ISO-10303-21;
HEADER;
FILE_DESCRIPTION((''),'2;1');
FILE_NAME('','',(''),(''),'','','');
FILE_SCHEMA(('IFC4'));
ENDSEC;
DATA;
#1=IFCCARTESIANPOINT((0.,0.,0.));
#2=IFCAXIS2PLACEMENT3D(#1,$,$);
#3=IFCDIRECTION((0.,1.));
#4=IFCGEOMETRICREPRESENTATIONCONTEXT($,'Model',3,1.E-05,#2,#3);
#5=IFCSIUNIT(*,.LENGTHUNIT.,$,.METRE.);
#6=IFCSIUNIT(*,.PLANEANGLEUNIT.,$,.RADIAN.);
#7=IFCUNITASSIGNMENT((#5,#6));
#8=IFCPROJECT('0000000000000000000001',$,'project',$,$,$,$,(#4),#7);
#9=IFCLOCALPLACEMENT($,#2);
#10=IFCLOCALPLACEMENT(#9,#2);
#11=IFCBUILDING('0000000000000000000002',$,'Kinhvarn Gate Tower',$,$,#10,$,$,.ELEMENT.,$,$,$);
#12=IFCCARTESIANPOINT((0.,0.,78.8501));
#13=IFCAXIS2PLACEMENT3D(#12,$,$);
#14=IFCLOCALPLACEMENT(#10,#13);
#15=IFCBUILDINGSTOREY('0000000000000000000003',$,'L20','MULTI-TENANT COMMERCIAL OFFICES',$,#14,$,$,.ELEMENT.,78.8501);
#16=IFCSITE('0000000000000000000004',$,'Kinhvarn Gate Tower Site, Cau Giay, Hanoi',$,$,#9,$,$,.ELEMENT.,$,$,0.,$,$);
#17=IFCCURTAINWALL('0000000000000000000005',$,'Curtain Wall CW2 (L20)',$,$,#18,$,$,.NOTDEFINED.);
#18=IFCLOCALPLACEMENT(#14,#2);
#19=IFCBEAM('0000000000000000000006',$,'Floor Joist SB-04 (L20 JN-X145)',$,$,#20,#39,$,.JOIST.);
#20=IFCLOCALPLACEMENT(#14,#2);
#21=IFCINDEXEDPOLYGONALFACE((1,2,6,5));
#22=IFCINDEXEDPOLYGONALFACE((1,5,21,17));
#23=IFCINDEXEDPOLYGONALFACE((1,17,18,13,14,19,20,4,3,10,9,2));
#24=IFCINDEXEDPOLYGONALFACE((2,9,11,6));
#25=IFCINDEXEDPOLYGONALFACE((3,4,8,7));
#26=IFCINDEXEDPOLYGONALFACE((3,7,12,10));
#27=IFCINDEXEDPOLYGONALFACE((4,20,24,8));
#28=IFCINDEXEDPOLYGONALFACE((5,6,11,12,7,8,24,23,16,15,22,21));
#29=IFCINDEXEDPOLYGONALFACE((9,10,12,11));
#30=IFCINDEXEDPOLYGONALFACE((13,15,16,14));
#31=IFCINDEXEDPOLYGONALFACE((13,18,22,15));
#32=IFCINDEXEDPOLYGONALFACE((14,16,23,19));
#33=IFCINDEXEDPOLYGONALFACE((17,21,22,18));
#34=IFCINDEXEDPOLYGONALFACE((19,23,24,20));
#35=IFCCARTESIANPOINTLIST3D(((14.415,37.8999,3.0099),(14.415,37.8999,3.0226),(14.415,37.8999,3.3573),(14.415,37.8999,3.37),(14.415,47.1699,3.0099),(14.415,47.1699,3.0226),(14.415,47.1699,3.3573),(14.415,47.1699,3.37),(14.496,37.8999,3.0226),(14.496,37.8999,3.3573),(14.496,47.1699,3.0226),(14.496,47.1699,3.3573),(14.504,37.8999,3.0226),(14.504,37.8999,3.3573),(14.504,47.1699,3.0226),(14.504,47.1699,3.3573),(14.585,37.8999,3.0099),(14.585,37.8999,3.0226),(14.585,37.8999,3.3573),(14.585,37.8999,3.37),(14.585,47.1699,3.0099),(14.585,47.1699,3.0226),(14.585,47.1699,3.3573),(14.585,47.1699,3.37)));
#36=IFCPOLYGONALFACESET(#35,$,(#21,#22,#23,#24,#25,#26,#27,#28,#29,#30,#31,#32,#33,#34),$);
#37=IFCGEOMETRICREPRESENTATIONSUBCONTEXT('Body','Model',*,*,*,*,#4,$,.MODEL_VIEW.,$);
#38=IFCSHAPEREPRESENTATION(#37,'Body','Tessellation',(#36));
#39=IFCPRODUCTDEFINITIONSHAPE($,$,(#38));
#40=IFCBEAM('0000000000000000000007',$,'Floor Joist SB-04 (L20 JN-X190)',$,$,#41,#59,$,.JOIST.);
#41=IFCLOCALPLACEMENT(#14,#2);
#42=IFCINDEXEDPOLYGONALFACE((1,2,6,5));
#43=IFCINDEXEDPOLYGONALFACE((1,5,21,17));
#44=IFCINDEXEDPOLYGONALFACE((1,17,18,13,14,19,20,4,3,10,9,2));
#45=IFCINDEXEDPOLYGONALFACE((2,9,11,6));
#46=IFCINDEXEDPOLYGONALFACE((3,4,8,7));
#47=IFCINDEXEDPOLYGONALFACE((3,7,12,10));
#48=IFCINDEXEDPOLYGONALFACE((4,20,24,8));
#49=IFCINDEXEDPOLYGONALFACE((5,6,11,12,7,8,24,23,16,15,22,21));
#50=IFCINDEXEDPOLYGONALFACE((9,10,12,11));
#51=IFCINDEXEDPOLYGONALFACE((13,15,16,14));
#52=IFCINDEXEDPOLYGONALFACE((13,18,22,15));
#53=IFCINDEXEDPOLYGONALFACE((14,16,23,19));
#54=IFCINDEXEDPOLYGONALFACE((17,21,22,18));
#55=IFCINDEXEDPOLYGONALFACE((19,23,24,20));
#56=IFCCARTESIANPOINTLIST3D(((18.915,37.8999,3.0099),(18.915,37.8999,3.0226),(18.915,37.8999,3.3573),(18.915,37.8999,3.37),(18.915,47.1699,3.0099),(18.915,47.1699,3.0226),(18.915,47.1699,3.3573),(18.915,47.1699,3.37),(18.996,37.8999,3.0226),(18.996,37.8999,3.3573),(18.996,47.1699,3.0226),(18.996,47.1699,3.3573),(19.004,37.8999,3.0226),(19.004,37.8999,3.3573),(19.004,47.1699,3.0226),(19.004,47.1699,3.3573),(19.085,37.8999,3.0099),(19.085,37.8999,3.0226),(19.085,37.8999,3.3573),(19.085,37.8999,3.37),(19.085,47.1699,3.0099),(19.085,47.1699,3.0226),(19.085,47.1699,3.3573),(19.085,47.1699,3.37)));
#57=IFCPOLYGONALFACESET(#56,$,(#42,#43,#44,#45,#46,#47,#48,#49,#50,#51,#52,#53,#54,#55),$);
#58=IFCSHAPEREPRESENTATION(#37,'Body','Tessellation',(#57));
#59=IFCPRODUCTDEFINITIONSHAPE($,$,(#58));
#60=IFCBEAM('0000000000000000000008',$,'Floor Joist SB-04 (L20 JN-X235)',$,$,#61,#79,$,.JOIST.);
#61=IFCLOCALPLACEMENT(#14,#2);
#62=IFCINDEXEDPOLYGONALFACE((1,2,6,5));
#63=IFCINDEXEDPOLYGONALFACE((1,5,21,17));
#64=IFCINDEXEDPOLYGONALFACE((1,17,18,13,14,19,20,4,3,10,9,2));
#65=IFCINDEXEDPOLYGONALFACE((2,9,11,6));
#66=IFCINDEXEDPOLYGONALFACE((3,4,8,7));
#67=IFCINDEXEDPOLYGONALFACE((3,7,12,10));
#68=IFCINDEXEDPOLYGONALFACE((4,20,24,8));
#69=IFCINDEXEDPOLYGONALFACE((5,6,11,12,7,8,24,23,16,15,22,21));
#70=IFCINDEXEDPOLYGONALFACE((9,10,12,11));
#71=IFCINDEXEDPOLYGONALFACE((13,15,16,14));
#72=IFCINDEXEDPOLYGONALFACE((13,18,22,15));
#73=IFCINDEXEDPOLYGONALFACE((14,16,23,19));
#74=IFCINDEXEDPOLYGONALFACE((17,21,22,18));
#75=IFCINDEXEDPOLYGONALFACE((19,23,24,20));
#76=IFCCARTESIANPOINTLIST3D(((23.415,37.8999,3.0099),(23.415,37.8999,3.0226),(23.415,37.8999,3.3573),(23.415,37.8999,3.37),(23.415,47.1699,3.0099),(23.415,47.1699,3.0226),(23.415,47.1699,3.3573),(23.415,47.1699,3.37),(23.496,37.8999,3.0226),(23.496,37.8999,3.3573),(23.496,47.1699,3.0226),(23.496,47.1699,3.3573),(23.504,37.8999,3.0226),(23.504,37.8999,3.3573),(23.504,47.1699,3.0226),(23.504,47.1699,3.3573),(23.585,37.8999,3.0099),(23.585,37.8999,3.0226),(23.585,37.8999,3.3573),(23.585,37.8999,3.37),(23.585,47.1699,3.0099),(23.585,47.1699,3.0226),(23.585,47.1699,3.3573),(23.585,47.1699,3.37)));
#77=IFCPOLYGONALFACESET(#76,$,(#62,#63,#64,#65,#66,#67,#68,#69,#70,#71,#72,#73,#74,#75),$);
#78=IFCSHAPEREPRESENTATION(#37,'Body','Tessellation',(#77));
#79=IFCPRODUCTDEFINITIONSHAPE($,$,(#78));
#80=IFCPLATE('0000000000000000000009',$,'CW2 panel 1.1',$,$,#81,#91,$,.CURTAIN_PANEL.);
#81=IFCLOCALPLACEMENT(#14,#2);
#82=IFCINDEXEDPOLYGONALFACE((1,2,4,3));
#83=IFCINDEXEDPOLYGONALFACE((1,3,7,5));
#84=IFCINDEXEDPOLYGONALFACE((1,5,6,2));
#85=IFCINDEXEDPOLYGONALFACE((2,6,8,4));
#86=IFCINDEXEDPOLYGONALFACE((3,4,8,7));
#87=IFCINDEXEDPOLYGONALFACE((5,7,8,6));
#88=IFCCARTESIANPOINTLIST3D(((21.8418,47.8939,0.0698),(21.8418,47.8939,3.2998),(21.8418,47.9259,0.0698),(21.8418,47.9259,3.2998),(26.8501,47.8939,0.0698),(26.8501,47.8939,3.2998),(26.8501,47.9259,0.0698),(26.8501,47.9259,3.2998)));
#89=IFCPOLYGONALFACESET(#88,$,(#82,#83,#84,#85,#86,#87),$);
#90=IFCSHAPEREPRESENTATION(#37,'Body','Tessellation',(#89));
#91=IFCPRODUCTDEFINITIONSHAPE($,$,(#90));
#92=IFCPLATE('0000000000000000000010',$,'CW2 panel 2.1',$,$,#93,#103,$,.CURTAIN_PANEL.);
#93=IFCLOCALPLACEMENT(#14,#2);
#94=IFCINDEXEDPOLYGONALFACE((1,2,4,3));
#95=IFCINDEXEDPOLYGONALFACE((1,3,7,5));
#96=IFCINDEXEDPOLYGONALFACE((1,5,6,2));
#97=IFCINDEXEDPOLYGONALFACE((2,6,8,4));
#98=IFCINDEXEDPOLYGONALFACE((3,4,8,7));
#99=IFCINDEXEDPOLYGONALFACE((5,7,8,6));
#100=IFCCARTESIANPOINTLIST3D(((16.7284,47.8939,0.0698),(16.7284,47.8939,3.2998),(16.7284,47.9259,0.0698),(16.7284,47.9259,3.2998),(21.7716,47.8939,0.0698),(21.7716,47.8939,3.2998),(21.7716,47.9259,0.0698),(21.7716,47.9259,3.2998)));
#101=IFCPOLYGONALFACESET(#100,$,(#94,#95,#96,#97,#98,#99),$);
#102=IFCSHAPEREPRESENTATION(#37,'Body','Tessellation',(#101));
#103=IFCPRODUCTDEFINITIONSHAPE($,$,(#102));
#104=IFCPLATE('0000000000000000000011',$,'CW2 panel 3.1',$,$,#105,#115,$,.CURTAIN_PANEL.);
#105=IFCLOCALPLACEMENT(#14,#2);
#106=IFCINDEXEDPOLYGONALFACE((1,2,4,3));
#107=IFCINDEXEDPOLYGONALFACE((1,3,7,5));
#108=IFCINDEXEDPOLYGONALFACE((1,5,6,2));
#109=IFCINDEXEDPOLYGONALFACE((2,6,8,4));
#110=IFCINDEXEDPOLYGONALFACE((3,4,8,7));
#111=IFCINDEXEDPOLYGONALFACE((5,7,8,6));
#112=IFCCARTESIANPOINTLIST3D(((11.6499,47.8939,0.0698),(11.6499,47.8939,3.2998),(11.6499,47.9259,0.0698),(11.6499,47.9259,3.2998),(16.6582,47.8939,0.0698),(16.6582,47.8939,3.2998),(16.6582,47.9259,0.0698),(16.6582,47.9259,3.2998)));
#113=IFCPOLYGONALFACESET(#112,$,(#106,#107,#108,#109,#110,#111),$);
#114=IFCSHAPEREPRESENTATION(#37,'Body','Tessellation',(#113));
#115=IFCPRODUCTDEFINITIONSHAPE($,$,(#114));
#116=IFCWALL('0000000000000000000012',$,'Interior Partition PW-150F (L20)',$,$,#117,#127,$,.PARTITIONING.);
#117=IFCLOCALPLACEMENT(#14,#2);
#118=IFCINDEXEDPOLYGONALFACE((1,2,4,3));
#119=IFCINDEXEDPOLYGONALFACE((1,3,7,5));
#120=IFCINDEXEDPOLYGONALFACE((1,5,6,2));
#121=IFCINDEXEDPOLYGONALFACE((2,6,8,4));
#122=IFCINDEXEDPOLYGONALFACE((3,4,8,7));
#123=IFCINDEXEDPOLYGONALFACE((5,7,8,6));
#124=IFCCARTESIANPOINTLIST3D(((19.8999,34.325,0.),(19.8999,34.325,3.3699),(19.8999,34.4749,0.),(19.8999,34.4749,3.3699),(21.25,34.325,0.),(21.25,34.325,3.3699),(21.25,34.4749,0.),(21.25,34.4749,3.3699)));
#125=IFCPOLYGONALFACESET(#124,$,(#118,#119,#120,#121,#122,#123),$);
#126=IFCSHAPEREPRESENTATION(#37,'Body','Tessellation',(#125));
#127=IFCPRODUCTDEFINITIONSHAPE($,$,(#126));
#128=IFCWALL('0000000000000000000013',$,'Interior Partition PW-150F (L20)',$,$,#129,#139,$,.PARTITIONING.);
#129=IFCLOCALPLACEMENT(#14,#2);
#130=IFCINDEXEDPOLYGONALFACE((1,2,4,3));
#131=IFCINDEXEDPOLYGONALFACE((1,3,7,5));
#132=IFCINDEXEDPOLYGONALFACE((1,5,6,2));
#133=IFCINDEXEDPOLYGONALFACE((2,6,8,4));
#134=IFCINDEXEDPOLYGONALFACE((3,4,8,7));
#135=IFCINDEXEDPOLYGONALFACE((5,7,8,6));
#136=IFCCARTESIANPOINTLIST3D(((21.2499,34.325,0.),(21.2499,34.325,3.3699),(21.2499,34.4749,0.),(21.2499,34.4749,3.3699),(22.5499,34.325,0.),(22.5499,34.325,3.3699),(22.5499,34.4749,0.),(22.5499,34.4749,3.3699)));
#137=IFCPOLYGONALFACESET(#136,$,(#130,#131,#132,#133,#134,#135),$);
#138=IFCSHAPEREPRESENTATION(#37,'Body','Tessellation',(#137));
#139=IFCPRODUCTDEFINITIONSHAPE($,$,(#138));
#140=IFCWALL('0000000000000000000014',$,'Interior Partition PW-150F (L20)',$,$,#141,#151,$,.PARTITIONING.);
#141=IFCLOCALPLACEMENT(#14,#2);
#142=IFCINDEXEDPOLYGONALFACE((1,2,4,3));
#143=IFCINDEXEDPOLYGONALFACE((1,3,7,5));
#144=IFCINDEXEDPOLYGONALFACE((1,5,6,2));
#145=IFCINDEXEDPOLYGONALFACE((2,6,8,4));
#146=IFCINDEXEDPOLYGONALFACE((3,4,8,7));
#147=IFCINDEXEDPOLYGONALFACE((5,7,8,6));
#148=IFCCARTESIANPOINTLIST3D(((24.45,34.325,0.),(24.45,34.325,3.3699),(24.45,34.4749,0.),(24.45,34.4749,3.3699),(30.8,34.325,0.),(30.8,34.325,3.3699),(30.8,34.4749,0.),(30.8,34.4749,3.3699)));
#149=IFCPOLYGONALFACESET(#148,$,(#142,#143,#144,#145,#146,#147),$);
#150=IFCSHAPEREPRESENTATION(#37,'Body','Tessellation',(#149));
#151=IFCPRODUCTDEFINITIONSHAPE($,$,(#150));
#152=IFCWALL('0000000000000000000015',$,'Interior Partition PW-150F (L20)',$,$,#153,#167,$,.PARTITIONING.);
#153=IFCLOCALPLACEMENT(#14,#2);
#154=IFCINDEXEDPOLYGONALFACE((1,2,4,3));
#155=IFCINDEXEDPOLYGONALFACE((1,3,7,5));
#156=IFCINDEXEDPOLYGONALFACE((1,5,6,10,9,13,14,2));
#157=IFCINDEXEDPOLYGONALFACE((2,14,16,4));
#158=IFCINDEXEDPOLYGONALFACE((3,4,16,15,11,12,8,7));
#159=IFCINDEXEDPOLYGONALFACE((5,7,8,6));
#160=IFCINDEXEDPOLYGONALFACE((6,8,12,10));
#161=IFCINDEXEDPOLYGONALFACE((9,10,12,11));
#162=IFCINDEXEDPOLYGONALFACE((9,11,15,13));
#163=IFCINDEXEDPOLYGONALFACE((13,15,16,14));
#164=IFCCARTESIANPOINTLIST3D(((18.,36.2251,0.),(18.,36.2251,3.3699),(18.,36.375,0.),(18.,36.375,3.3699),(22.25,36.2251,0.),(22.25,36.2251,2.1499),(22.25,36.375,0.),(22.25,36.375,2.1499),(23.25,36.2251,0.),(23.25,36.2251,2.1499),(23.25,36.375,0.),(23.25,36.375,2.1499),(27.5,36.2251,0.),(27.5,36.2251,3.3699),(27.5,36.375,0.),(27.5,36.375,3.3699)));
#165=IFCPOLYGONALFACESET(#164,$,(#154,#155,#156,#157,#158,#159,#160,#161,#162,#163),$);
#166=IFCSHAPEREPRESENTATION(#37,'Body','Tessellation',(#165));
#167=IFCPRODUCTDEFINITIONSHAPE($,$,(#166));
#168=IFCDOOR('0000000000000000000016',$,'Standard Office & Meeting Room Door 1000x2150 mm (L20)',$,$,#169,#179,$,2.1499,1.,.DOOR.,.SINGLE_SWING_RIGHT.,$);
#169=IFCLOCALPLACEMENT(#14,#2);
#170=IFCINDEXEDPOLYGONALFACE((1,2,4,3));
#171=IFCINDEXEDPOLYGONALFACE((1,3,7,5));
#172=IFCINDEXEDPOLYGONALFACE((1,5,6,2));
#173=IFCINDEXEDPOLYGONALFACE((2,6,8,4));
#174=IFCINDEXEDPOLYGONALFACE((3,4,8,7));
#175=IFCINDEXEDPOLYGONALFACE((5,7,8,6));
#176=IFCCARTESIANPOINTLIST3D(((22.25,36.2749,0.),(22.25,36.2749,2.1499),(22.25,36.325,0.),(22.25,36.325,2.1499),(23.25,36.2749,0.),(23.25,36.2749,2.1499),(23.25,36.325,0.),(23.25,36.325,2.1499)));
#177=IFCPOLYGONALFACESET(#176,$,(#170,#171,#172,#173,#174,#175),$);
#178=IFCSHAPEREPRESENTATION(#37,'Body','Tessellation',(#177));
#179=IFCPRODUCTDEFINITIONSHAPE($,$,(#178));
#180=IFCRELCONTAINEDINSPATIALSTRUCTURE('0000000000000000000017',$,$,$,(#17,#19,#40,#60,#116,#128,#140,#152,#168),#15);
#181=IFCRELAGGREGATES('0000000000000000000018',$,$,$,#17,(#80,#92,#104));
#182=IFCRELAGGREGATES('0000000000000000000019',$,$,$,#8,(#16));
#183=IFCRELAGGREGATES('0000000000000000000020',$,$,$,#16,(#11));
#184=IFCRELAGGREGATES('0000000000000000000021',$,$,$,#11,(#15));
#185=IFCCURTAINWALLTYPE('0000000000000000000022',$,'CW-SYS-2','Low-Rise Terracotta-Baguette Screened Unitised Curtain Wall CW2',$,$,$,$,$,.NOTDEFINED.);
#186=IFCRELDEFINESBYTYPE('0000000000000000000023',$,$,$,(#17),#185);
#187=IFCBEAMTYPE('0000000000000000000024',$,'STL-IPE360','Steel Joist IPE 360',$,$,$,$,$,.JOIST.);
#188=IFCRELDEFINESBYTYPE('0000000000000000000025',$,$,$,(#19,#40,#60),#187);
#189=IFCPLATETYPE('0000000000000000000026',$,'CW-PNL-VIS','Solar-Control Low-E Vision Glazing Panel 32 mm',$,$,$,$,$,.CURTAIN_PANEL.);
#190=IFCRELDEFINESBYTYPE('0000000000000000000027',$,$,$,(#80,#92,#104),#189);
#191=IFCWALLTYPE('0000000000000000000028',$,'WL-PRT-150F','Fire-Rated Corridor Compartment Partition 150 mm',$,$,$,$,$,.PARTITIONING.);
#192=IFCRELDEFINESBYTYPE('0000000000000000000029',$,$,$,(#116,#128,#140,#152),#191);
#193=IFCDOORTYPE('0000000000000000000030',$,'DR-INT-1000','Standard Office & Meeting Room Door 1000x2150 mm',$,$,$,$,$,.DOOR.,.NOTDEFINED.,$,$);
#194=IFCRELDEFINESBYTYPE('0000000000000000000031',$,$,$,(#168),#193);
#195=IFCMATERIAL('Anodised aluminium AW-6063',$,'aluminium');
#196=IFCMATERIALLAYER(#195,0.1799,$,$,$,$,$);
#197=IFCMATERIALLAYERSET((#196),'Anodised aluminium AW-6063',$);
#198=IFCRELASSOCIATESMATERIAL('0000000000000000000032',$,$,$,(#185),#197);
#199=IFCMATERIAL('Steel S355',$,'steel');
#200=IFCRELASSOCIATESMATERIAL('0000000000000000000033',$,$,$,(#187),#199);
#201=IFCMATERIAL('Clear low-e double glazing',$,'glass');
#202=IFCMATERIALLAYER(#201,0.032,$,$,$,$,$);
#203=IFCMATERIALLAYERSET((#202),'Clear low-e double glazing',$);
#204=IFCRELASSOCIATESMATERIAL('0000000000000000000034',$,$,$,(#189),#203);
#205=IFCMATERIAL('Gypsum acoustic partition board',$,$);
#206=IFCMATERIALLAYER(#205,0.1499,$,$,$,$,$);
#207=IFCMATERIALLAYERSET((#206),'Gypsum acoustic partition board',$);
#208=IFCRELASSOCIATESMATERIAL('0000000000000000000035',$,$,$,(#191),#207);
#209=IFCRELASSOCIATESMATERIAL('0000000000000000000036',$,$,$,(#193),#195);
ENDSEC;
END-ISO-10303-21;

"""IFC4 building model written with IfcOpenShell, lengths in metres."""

from ifc_helpers import new_model, si_unit, direction, frame, frame_2d, origin, origin_2d, place, context, subcontext, project, spatial, rectangle, i_section, extrude, material, layer, layer_set, material_profile, profile_set, type_object, element, fill, aggregate, save


model = new_model("IFC4")

# Units and contexts
model_context = context("Model", 3, precision=1e-05, world=origin(), true_north=direction((0.0, 1.0)))
body_context = subcontext(model_context, "Body", "Model", "MODEL_VIEW")
ifc_project = project(units=[si_unit("LENGTHUNIT", "METRE"), si_unit("PLANEANGLEUNIT", "RADIAN")], contexts=[model_context])

# Site, building, storey
site_placement = place(None, origin())
site = spatial("IfcSite", under=ifc_project, at=site_placement, Name="Kinhvarn Gate Tower Site, Cau Giay, Hanoi", CompositionType="ELEMENT", RefElevation=0.0)
building_placement = place(site_placement, origin())
building = spatial("IfcBuilding", under=site, at=building_placement, Name="Kinhvarn Gate Tower", CompositionType="ELEMENT")
storey_placement = place(building_placement, frame((0.0, 0.0, 78.8501)))
storey = spatial("IfcBuildingStorey", under=building, at=storey_placement, Name="L20", Description="MULTI-TENANT COMMERCIAL OFFICES", CompositionType="ELEMENT", Elevation=78.8501)

# Curtain wall
ifc_material_1 = material(Name="Anodised aluminium AW-6063", Category="aluminium")
ifc_layer_1 = layer(ifc_material_1, 0.1799)
ifc_layer_set_1 = layer_set([ifc_layer_1], Name="Anodised aluminium AW-6063")
curtain_wall_type = type_object("IfcCurtainWallType", Name="CW-SYS-2", Description="Low-Rise Terracotta-Baguette Screened Unitised Curtain Wall CW2", PredefinedType="NOTDEFINED", material=ifc_layer_set_1)
curtain_wall_placement = place(storey_placement, origin())
curtain_wall = element("IfcCurtainWall", 1, at=curtain_wall_placement, inside=storey, type_object=curtain_wall_type, Name="Curtain Wall CW2 (L20)", PredefinedType="NOTDEFINED")

# Beams
ifc_material_2 = material(Name="Steel S355", Category="steel")
ifc_material_profile_1 = material_profile(ifc_material_2, i_section(OverallWidth=0.1699, OverallDepth=0.3601, WebThickness=0.0081, FlangeThickness=0.0127, at=origin_2d()), Name="IPE 360")
ifc_profile_set_1 = profile_set([ifc_material_profile_1], Name="Steel S355")
beam_type_1 = type_object("IfcBeamType", Name="STL-IPE360", Description="Steel Joist IPE 360", PredefinedType="JOIST", material=ifc_profile_set_1)
for number, where, z_axis, x_axis, name in (
    (2, (14.5, 37.8999, 3.1899), (0.0, 1.0, 0.0), (-1.0, 0.0, 0.0), "Floor Joist SB-04 (L20 JN-X145)"),
    (3, (19.0, 37.8999, 3.1899), (0.0, 1.0, 0.0), (-1.0, 0.0, 0.0), "Floor Joist SB-04 (L20 JN-X190)"),
    (4, (23.5, 37.8999, 3.1899), (0.0, 1.0, 0.0), (-1.0, 0.0, 0.0), "Floor Joist SB-04 (L20 JN-X235)"),
):
    element("IfcBeam", number, at=place(storey_placement, frame(where, z_axis=z_axis, x_axis=x_axis)), inside=storey, type_object=beam_type_1, Name=name, PredefinedType="JOIST", context=body_context, shape_type="SweptSolid", body=[
        extrude(i_section(OverallWidth=0.1699, OverallDepth=0.3601, WebThickness=0.0081, FlangeThickness=0.0127, at=origin_2d()), origin(), (0.0, 0.0, 1.0), 9.27),
    ])

# Plates
ifc_material_3 = material(Name="Clear low-e double glazing", Category="glass")
ifc_layer_2 = layer(ifc_material_3, 0.032)
ifc_layer_set_2 = layer_set([ifc_layer_2], Name="Clear low-e double glazing")
plate_type = type_object("IfcPlateType", Name="CW-PNL-VIS", Description="Solar-Control Low-E Vision Glazing Panel 32 mm", PredefinedType="CURTAIN_PANEL", material=ifc_layer_set_2)
plate_1_placement = place(storey_placement, frame((24.3459, 47.9099, 0.0698), z_axis=(0.0, 0.0, 1.0), x_axis=(-1.0, 0.0, 0.0)))
plate_1 = element("IfcPlate", 5, at=plate_1_placement, type_object=plate_type, Name="CW2 panel 1.1", PredefinedType="CURTAIN_PANEL", context=body_context, shape_type="SweptSolid", body=[
    extrude(rectangle(XDim=5.0083, YDim=0.032, at=origin_2d()), origin(), (0.0, 0.0, 1.0), 3.23),
])
plate_2_placement = place(storey_placement, frame((19.25, 47.9099, 0.0698), z_axis=(0.0, 0.0, 1.0), x_axis=(-1.0, 0.0, 0.0)))
plate_2 = element("IfcPlate", 6, at=plate_2_placement, type_object=plate_type, Name="CW2 panel 2.1", PredefinedType="CURTAIN_PANEL", context=body_context, shape_type="SweptSolid", body=[
    extrude(rectangle(XDim=5.0432, YDim=0.032, at=origin_2d()), origin(), (0.0, 0.0, 1.0), 3.23),
])
plate_3_placement = place(storey_placement, frame((14.1541, 47.9099, 0.0698), z_axis=(0.0, 0.0, 1.0), x_axis=(-1.0, 0.0, 0.0)))
plate_3 = element("IfcPlate", 7, at=plate_3_placement, type_object=plate_type, Name="CW2 panel 3.1", PredefinedType="CURTAIN_PANEL", context=body_context, shape_type="SweptSolid", body=[
    extrude(rectangle(XDim=5.0083, YDim=0.032, at=origin_2d()), origin(), (0.0, 0.0, 1.0), 3.23),
])
aggregate(curtain_wall, [plate_1, plate_2, plate_3])

# Walls
ifc_material_4 = material(Name="Gypsum acoustic partition board")
ifc_layer_3 = layer(ifc_material_4, 0.1499)
ifc_layer_set_3 = layer_set([ifc_layer_3], Name="Gypsum acoustic partition board")
wall_type_1 = type_object("IfcWallType", Name="WL-PRT-150F", Description="Fire-Rated Corridor Compartment Partition 150 mm", PredefinedType="PARTITIONING", material=ifc_layer_set_3)
wall_1_placement = place(storey_placement, frame((19.8999, 34.3999, 0.0), z_axis=(0.0, 0.0, 1.0), x_axis=(1.0, 0.0, 0.0)))
element("IfcWall", 8, at=wall_1_placement, inside=storey, type_object=wall_type_1, Name="Interior Partition PW-150F (L20)", PredefinedType="PARTITIONING", context=body_context, shape_type="SweptSolid", body=[
    extrude(rectangle(XDim=1.3501, YDim=0.1499, at=frame_2d((0.675, 0.0))), origin(), (0.0, 0.0, 1.0), 3.3699),
])
wall_2_placement = place(storey_placement, frame((21.25, 34.3999, 0.0), z_axis=(0.0, 0.0, 1.0), x_axis=(1.0, 0.0, 0.0)))
element("IfcWall", 9, at=wall_2_placement, inside=storey, type_object=wall_type_1, Name="Interior Partition PW-150F (L20)", PredefinedType="PARTITIONING", context=body_context, shape_type="SweptSolid", body=[
    extrude(rectangle(XDim=1.3, YDim=0.1499, at=frame_2d((0.6499, 0.0))), origin(), (0.0, 0.0, 1.0), 3.3699),
])
wall_3_placement = place(storey_placement, frame((24.45, 34.3999, 0.0), z_axis=(0.0, 0.0, 1.0), x_axis=(1.0, 0.0, 0.0)))
element("IfcWall", 10, at=wall_3_placement, inside=storey, type_object=wall_type_1, Name="Interior Partition PW-150F (L20)", PredefinedType="PARTITIONING", context=body_context, shape_type="SweptSolid", body=[
    extrude(rectangle(XDim=6.3501, YDim=0.1499, at=frame_2d((3.175, 0.0))), origin(), (0.0, 0.0, 1.0), 3.3699),
])

# Wall, opening, door
wall_4_placement = place(storey_placement, frame((18.0, 36.3, 0.0), z_axis=(0.0, 0.0, 1.0), x_axis=(1.0, 0.0, 0.0)))
wall_4 = element("IfcWall", 11, at=wall_4_placement, inside=storey, type_object=wall_type_1, Name="Interior Partition PW-150F (L20)", PredefinedType="PARTITIONING", context=body_context, shape_type="SweptSolid", body=[
    extrude(rectangle(XDim=9.5, YDim=0.1499, at=frame_2d((4.75, 0.0))), origin(), (0.0, 0.0, 1.0), 3.3699),
])
opening_1_placement = place(wall_4_placement, frame((4.25, 0.0, 0.0)))
opening_1 = element("IfcOpeningElement", 12, at=opening_1_placement, cuts=wall_4, PredefinedType="OPENING", context=body_context, shape_type="SweptSolid", body=[
    extrude(rectangle(XDim=1.0, YDim=2.1499, at=frame_2d((0.5, 1.075))), frame((0.0, 0.085, 0.0), z_axis=(0.0, -1.0, 0.0), x_axis=(1.0, 0.0, 0.0)), (0.0, 0.0, 1.0), 0.1699),
])
door_type_1 = type_object("IfcDoorType", Name="DR-INT-1000", Description="Standard Office & Meeting Room Door 1000x2150 mm", OperationType="NOTDEFINED", PredefinedType="DOOR", material=ifc_material_1)
door_1_placement = place(opening_1_placement, origin())
door_1 = element("IfcDoor", 13, at=door_1_placement, inside=storey, type_object=door_type_1, Name="Standard Office & Meeting Room Door 1000x2150 mm (L20)", OperationType="SINGLE_SWING_RIGHT", OverallHeight=2.1499, OverallWidth=1.0, PredefinedType="DOOR", context=body_context, shape_type="SweptSolid", body=[
    extrude(rectangle(XDim=1.0, YDim=2.1499, at=frame_2d((0.5, 1.075))), frame((0.0, 0.0249, 0.0), z_axis=(0.0, -1.0, 0.0), x_axis=(1.0, 0.0, 0.0)), (0.0, 0.0, 1.0), 0.05),
])
fill(opening_1, door_1)

save(model, "model.ifc")
